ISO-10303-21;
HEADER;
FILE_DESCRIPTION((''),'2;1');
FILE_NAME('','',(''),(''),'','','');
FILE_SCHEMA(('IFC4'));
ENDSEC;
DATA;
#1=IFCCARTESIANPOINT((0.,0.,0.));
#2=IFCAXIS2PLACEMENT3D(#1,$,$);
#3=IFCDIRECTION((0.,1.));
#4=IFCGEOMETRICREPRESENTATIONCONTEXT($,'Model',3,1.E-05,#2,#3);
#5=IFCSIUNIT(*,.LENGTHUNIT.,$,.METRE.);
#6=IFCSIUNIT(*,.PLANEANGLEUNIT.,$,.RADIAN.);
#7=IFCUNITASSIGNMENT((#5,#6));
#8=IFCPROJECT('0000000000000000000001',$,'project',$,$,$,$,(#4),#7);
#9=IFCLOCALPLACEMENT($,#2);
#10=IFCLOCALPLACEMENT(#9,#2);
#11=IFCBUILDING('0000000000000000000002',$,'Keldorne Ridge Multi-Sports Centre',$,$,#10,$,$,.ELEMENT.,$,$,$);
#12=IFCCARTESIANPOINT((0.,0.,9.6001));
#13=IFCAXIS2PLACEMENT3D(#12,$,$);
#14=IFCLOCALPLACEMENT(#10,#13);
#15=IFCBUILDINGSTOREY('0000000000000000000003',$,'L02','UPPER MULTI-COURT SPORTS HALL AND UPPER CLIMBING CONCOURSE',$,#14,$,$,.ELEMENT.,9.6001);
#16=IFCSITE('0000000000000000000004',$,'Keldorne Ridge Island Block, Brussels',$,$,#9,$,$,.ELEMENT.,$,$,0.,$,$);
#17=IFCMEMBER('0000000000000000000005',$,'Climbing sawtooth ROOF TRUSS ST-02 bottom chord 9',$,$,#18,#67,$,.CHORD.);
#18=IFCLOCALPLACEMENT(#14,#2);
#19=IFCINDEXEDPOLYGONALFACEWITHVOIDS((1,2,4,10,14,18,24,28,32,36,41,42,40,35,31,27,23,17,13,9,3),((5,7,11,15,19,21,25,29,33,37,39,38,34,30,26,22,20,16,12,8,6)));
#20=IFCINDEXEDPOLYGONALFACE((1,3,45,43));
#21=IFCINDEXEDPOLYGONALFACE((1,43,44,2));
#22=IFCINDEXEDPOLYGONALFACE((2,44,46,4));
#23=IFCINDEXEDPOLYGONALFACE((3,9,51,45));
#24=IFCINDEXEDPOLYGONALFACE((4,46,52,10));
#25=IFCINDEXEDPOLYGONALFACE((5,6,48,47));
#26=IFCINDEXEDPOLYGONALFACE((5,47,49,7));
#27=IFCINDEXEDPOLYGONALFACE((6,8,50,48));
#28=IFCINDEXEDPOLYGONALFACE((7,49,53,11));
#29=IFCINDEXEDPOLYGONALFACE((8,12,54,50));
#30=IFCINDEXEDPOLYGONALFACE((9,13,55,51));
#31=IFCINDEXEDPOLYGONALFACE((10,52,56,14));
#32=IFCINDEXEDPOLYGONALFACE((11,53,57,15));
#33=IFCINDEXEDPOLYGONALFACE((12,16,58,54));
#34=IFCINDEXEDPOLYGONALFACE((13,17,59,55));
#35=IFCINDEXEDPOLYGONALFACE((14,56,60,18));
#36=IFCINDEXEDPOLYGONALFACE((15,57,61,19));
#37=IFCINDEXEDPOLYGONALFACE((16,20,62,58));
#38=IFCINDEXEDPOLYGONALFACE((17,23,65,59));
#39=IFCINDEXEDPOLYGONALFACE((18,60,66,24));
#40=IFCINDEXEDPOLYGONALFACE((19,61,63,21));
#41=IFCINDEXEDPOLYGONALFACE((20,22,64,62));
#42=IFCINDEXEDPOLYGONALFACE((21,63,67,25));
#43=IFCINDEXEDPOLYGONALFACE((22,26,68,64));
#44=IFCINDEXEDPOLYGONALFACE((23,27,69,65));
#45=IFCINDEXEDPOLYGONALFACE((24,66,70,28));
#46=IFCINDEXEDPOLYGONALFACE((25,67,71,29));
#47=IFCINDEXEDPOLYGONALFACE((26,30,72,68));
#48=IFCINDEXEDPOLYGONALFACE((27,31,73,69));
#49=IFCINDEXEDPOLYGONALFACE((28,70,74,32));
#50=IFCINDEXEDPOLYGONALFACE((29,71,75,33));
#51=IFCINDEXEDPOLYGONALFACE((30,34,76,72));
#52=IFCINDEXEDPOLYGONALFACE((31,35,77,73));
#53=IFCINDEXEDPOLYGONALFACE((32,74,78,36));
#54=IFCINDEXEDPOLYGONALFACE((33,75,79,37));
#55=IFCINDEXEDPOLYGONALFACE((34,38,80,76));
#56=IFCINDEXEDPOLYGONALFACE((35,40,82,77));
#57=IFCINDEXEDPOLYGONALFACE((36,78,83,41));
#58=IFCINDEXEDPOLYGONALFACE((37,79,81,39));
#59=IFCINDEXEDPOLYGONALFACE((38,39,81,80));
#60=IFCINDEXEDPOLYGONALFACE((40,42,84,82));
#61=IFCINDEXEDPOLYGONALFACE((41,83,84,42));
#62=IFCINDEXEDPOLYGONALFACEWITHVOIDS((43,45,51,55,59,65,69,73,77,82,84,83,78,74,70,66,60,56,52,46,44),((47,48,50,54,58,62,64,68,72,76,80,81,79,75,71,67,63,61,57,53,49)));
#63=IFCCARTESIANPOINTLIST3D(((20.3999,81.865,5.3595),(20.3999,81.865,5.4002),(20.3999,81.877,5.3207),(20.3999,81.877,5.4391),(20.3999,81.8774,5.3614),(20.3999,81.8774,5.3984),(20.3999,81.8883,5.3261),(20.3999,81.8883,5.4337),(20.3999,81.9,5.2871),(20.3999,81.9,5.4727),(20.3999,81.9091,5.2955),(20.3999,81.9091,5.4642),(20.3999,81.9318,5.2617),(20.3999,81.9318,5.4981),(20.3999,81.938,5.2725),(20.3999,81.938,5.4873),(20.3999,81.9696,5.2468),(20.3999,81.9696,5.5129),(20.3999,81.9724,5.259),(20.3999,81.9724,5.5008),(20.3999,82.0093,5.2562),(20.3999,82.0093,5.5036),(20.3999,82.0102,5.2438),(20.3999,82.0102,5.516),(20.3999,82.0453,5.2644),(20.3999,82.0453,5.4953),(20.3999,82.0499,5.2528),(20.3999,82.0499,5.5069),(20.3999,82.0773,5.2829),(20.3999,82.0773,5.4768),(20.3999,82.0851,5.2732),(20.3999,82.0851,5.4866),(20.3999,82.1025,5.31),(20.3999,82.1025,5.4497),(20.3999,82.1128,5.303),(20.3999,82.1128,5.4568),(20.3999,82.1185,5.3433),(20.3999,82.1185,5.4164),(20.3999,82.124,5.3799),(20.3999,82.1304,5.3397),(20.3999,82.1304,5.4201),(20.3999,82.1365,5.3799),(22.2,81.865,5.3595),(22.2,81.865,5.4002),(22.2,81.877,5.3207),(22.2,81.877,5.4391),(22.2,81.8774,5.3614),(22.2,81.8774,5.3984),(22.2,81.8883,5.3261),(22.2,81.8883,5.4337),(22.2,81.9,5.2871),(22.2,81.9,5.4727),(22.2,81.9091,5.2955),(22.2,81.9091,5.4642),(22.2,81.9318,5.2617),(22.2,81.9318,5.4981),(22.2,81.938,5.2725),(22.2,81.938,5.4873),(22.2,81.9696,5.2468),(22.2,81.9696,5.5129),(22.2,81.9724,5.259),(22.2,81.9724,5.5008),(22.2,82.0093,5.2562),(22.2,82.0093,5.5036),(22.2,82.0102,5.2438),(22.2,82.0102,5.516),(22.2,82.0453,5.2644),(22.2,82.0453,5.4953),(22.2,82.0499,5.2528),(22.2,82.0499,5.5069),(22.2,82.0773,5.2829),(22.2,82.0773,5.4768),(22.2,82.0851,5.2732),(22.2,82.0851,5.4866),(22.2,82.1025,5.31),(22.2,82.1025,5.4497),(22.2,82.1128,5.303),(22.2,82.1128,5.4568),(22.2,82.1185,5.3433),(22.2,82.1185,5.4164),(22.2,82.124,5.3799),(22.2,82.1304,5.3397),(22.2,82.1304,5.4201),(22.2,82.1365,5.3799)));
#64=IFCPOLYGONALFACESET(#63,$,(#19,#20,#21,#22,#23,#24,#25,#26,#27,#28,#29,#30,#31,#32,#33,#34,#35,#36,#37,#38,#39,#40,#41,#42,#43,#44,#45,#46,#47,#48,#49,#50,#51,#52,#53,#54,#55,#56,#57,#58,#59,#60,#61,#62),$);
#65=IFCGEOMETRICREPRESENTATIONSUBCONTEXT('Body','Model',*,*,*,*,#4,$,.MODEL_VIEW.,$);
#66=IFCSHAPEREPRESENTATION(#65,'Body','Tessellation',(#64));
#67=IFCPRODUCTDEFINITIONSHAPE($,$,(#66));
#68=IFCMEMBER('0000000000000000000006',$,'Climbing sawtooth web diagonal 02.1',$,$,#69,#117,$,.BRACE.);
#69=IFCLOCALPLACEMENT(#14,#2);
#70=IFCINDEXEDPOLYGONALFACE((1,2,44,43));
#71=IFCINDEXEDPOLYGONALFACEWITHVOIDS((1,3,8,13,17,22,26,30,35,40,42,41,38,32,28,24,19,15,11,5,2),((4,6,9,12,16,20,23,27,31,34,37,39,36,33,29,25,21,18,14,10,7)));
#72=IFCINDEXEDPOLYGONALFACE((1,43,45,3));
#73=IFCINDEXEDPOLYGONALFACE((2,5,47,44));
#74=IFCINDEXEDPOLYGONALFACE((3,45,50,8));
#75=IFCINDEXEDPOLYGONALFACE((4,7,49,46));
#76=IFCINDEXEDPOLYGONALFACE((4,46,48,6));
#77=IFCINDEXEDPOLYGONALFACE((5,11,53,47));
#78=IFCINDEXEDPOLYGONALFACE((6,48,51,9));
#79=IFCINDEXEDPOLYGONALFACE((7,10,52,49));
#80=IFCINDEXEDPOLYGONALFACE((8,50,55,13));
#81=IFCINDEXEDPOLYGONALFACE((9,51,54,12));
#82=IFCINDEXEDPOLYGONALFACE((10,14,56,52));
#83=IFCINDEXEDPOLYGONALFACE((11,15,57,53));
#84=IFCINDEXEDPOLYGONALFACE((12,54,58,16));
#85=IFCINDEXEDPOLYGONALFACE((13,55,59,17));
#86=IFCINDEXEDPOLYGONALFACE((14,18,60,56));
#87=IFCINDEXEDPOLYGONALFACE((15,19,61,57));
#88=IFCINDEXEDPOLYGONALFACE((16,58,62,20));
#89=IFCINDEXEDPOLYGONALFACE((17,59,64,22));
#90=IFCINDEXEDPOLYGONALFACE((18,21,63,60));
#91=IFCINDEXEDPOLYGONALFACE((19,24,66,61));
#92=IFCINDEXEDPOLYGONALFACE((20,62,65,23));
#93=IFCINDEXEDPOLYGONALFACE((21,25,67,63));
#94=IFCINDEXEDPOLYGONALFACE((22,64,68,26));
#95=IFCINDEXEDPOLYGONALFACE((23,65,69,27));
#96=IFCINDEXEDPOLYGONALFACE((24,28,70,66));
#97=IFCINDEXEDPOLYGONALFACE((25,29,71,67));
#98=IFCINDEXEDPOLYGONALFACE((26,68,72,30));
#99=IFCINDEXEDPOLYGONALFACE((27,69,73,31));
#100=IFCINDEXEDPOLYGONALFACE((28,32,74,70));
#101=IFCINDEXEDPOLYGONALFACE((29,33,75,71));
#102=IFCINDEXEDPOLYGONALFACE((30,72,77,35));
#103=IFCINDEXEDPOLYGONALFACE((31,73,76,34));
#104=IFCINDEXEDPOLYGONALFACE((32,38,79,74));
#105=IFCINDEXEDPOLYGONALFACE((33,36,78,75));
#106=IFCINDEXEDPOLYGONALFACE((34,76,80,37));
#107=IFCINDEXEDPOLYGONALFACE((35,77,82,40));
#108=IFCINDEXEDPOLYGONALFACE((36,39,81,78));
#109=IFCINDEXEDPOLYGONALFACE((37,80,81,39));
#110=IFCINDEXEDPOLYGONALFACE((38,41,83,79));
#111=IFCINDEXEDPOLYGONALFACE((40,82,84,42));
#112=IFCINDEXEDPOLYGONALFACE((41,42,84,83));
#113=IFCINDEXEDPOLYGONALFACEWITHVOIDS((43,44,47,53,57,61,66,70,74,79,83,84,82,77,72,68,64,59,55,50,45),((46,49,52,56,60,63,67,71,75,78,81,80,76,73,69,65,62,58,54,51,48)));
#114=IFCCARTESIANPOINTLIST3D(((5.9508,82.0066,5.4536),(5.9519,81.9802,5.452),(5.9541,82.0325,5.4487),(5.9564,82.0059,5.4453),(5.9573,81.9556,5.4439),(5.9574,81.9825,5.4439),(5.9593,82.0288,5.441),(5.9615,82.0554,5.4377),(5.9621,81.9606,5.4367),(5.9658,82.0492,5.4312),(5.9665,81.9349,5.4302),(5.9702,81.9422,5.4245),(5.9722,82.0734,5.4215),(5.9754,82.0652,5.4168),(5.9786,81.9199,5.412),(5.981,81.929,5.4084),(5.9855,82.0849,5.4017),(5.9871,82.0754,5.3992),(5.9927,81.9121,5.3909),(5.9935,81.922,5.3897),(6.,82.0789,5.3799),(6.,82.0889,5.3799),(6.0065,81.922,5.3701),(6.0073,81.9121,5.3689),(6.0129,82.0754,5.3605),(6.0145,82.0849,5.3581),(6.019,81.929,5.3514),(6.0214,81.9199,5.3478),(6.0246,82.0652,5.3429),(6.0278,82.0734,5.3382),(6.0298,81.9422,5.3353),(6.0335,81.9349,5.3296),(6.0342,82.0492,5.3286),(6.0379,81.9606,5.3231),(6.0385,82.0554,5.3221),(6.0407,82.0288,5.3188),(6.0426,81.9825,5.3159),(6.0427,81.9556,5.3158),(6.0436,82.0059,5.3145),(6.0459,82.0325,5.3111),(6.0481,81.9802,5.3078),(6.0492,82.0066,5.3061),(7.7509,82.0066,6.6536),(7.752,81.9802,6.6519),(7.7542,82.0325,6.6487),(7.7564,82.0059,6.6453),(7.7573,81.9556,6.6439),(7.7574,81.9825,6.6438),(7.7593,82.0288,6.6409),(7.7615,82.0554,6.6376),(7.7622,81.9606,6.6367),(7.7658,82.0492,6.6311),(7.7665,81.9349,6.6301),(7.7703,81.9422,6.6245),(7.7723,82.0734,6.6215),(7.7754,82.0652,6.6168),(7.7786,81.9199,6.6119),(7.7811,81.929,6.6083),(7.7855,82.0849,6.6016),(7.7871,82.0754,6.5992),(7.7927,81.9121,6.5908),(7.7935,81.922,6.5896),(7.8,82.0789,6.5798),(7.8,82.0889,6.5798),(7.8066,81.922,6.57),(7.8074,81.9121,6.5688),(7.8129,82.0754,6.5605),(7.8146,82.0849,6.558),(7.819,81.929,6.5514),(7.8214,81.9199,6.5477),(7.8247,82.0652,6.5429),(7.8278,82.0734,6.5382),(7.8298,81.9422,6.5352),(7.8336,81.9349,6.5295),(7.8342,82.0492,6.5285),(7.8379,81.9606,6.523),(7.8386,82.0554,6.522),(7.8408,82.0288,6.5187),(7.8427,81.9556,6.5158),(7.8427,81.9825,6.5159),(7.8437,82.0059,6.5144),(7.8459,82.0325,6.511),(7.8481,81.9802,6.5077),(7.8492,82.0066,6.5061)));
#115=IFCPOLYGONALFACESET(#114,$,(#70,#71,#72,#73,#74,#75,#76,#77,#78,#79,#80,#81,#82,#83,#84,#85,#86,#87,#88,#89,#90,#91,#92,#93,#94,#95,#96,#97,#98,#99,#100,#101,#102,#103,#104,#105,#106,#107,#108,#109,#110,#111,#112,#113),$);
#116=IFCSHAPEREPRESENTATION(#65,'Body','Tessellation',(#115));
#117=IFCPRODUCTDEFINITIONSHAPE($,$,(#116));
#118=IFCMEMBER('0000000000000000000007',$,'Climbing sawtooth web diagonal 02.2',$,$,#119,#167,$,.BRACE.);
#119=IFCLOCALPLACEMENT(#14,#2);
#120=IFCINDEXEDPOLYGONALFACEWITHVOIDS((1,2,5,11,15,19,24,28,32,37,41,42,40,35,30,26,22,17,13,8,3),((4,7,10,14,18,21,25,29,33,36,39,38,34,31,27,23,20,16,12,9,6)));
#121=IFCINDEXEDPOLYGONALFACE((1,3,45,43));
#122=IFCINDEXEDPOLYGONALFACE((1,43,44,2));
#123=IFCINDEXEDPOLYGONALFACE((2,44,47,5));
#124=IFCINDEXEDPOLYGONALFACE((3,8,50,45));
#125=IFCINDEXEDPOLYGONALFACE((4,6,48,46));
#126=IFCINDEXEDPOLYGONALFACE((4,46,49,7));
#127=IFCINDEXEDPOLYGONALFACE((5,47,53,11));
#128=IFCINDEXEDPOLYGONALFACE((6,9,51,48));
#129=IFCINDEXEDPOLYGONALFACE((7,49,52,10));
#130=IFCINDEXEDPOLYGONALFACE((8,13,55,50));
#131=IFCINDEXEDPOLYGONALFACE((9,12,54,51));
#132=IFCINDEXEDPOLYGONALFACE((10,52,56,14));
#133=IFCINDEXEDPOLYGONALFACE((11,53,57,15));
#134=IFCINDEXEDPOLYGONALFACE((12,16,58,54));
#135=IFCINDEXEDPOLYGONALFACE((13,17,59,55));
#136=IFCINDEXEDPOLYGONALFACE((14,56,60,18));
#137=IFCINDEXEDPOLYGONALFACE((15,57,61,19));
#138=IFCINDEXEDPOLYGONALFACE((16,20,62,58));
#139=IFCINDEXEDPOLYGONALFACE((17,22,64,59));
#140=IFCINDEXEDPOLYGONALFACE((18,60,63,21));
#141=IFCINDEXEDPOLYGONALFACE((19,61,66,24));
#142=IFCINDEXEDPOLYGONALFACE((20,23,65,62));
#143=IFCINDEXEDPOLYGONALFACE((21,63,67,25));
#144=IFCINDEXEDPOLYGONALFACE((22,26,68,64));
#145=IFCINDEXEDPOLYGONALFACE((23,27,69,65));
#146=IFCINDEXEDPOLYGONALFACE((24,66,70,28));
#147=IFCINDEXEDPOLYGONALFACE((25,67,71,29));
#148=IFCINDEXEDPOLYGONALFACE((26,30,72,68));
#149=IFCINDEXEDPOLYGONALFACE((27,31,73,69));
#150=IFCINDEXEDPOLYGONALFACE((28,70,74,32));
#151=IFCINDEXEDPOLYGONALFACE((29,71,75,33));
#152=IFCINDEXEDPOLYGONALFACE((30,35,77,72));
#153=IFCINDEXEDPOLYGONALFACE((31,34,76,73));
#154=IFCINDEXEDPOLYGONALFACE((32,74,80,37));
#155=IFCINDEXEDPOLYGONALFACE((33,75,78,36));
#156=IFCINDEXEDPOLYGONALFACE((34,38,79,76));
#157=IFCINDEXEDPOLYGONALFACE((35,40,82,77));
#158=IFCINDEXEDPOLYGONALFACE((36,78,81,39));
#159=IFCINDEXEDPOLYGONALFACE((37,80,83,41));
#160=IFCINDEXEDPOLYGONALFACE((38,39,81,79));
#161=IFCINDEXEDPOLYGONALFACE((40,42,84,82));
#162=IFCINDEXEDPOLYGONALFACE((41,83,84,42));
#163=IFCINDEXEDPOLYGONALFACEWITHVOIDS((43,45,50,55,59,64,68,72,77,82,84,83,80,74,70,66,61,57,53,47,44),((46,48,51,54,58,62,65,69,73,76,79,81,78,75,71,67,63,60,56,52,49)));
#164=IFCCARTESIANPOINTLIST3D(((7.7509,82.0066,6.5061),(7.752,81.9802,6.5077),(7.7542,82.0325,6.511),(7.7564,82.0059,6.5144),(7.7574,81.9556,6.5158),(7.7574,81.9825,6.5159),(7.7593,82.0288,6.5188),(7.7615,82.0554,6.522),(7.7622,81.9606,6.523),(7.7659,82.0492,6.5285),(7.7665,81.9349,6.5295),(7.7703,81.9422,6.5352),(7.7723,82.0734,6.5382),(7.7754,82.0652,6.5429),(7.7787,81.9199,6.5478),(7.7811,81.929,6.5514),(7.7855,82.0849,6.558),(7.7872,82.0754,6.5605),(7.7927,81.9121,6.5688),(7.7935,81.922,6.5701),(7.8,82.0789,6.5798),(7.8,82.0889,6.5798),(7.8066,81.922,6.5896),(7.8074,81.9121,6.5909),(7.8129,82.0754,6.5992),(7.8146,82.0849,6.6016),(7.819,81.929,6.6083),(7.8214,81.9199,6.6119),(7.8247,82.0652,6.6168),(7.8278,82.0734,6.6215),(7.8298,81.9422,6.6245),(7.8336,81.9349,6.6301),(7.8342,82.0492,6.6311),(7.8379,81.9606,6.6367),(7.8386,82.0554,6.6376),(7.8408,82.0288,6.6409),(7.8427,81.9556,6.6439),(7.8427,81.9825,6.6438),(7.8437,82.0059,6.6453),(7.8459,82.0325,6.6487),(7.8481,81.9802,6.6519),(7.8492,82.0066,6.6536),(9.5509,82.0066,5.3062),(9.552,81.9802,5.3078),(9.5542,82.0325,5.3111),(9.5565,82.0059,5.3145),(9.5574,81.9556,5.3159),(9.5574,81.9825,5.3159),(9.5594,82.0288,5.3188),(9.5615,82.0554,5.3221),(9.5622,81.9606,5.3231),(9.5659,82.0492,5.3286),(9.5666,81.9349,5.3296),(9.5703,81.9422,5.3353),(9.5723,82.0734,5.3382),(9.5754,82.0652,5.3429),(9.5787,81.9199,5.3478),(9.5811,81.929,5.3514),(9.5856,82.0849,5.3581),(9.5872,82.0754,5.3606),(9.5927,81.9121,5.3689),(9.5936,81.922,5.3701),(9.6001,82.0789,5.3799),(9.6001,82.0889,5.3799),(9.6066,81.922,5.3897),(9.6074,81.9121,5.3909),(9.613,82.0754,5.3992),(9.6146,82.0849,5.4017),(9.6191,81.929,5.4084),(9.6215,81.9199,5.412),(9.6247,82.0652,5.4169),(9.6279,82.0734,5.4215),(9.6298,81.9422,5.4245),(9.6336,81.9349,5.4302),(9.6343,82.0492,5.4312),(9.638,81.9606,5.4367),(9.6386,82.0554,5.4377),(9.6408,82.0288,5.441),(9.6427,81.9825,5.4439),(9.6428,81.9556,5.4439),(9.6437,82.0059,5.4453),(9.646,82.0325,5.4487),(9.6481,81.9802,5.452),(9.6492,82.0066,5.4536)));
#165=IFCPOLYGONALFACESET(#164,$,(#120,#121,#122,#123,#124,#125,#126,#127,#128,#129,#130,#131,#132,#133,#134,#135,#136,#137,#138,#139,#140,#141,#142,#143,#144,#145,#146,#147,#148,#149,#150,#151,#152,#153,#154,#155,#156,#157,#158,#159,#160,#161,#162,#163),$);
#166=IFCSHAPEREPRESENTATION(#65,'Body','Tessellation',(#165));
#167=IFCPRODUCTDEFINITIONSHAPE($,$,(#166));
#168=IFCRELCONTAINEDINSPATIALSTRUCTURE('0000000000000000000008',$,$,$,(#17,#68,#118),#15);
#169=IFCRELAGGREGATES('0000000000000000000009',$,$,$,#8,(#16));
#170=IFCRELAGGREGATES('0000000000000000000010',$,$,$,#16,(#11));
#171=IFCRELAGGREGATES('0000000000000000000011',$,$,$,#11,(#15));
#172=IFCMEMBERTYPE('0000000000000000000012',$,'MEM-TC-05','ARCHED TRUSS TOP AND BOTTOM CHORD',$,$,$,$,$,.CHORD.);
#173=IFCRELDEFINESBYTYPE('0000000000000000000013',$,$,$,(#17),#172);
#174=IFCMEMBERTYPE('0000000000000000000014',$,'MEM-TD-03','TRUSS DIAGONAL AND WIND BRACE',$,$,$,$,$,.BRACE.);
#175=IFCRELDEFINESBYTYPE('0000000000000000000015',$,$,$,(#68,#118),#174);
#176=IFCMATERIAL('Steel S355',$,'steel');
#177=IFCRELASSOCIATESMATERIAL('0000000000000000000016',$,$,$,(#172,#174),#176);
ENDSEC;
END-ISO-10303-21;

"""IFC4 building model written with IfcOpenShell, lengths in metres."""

from ifc_helpers import new_model, si_unit, direction, frame, origin, origin_2d, place, context, subcontext, project, spatial, hollow_circle, extrude, material, material_profile, profile_set, type_object, element, save


model = new_model("IFC4")

# Units and contexts
model_context = context("Model", 3, precision=1e-05, world=origin(), true_north=direction((0.0, 1.0)))
body_context = subcontext(model_context, "Body", "Model", "MODEL_VIEW")
ifc_project = project(units=[si_unit("LENGTHUNIT", "METRE"), si_unit("PLANEANGLEUNIT", "RADIAN")], contexts=[model_context])

# Site, building, storey
site_placement = place(None, origin())
site = spatial("IfcSite", under=ifc_project, at=site_placement, Name="Keldorne Ridge Island Block, Brussels", CompositionType="ELEMENT", RefElevation=0.0)
building_placement = place(site_placement, origin())
building = spatial("IfcBuilding", under=site, at=building_placement, Name="Keldorne Ridge Multi-Sports Centre", CompositionType="ELEMENT")
storey_placement = place(building_placement, frame((0.0, 0.0, 9.6001)))
storey = spatial("IfcBuildingStorey", under=building, at=storey_placement, Name="L02", Description="UPPER MULTI-COURT SPORTS HALL AND UPPER CLIMBING CONCOURSE", CompositionType="ELEMENT", Elevation=9.6001)

# Shared definitions
ifc_material_1 = material(Name="Steel S355", Category="steel")

# Members
ifc_material_profile_1 = material_profile(ifc_material_1, hollow_circle(Radius=0.1365, WallThickness=0.0125, at=origin_2d()), Name="CHS 273x12.5")
ifc_profile_set_1 = profile_set([ifc_material_profile_1], Name="Steel S355")
member_type_1 = type_object("IfcMemberType", Name="MEM-TC-05", Description="ARCHED TRUSS TOP AND BOTTOM CHORD", PredefinedType="CHORD", material=ifc_profile_set_1)
member_1_placement = place(storey_placement, frame((20.3999, 82.0, 5.3799), z_axis=(1.0, 0.0, 0.0), x_axis=(0.0, 1.0, 0.0)))
element("IfcMember", 1, at=member_1_placement, inside=storey, type_object=member_type_1, Name="Climbing sawtooth ROOF TRUSS ST-02 bottom chord 9", PredefinedType="CHORD", context=body_context, shape_type="SweptSolid", body=[
    extrude(hollow_circle(Radius=0.1365, WallThickness=0.0125, at=origin_2d()), origin(), (0.0, 0.0, 1.0), 1.8),
])
ifc_material_profile_2 = material_profile(ifc_material_1, hollow_circle(Radius=0.0889, WallThickness=0.01, at=origin_2d()), Name="CHS 177.8x10")
ifc_profile_set_2 = profile_set([ifc_material_profile_2], Name="Steel S355")
member_type_2 = type_object("IfcMemberType", Name="MEM-TD-03", Description="TRUSS DIAGONAL AND WIND BRACE", PredefinedType="BRACE", material=ifc_profile_set_2)
for number, where, z_axis, x_axis, name in (
    (2, (6.0, 82.0, 5.3799), (0.832068, 0.0, 0.554674), (0.0, 1.0, 0.0), "Climbing sawtooth web diagonal 02.1"),
    (3, (7.8, 82.0, 6.5798), (0.832068, 0.0, -0.554674), (0.0, 1.0, 0.0), "Climbing sawtooth web diagonal 02.2"),
):
    element("IfcMember", number, at=place(storey_placement, frame(where, z_axis=z_axis, x_axis=x_axis)), inside=storey, type_object=member_type_2, Name=name, PredefinedType="BRACE", context=body_context, shape_type="SweptSolid", body=[
        extrude(hollow_circle(Radius=0.0889, WallThickness=0.01, at=origin_2d()), origin(), (0.0, 0.0, 1.0), 2.1633),
    ])

save(model, "model.ifc")
